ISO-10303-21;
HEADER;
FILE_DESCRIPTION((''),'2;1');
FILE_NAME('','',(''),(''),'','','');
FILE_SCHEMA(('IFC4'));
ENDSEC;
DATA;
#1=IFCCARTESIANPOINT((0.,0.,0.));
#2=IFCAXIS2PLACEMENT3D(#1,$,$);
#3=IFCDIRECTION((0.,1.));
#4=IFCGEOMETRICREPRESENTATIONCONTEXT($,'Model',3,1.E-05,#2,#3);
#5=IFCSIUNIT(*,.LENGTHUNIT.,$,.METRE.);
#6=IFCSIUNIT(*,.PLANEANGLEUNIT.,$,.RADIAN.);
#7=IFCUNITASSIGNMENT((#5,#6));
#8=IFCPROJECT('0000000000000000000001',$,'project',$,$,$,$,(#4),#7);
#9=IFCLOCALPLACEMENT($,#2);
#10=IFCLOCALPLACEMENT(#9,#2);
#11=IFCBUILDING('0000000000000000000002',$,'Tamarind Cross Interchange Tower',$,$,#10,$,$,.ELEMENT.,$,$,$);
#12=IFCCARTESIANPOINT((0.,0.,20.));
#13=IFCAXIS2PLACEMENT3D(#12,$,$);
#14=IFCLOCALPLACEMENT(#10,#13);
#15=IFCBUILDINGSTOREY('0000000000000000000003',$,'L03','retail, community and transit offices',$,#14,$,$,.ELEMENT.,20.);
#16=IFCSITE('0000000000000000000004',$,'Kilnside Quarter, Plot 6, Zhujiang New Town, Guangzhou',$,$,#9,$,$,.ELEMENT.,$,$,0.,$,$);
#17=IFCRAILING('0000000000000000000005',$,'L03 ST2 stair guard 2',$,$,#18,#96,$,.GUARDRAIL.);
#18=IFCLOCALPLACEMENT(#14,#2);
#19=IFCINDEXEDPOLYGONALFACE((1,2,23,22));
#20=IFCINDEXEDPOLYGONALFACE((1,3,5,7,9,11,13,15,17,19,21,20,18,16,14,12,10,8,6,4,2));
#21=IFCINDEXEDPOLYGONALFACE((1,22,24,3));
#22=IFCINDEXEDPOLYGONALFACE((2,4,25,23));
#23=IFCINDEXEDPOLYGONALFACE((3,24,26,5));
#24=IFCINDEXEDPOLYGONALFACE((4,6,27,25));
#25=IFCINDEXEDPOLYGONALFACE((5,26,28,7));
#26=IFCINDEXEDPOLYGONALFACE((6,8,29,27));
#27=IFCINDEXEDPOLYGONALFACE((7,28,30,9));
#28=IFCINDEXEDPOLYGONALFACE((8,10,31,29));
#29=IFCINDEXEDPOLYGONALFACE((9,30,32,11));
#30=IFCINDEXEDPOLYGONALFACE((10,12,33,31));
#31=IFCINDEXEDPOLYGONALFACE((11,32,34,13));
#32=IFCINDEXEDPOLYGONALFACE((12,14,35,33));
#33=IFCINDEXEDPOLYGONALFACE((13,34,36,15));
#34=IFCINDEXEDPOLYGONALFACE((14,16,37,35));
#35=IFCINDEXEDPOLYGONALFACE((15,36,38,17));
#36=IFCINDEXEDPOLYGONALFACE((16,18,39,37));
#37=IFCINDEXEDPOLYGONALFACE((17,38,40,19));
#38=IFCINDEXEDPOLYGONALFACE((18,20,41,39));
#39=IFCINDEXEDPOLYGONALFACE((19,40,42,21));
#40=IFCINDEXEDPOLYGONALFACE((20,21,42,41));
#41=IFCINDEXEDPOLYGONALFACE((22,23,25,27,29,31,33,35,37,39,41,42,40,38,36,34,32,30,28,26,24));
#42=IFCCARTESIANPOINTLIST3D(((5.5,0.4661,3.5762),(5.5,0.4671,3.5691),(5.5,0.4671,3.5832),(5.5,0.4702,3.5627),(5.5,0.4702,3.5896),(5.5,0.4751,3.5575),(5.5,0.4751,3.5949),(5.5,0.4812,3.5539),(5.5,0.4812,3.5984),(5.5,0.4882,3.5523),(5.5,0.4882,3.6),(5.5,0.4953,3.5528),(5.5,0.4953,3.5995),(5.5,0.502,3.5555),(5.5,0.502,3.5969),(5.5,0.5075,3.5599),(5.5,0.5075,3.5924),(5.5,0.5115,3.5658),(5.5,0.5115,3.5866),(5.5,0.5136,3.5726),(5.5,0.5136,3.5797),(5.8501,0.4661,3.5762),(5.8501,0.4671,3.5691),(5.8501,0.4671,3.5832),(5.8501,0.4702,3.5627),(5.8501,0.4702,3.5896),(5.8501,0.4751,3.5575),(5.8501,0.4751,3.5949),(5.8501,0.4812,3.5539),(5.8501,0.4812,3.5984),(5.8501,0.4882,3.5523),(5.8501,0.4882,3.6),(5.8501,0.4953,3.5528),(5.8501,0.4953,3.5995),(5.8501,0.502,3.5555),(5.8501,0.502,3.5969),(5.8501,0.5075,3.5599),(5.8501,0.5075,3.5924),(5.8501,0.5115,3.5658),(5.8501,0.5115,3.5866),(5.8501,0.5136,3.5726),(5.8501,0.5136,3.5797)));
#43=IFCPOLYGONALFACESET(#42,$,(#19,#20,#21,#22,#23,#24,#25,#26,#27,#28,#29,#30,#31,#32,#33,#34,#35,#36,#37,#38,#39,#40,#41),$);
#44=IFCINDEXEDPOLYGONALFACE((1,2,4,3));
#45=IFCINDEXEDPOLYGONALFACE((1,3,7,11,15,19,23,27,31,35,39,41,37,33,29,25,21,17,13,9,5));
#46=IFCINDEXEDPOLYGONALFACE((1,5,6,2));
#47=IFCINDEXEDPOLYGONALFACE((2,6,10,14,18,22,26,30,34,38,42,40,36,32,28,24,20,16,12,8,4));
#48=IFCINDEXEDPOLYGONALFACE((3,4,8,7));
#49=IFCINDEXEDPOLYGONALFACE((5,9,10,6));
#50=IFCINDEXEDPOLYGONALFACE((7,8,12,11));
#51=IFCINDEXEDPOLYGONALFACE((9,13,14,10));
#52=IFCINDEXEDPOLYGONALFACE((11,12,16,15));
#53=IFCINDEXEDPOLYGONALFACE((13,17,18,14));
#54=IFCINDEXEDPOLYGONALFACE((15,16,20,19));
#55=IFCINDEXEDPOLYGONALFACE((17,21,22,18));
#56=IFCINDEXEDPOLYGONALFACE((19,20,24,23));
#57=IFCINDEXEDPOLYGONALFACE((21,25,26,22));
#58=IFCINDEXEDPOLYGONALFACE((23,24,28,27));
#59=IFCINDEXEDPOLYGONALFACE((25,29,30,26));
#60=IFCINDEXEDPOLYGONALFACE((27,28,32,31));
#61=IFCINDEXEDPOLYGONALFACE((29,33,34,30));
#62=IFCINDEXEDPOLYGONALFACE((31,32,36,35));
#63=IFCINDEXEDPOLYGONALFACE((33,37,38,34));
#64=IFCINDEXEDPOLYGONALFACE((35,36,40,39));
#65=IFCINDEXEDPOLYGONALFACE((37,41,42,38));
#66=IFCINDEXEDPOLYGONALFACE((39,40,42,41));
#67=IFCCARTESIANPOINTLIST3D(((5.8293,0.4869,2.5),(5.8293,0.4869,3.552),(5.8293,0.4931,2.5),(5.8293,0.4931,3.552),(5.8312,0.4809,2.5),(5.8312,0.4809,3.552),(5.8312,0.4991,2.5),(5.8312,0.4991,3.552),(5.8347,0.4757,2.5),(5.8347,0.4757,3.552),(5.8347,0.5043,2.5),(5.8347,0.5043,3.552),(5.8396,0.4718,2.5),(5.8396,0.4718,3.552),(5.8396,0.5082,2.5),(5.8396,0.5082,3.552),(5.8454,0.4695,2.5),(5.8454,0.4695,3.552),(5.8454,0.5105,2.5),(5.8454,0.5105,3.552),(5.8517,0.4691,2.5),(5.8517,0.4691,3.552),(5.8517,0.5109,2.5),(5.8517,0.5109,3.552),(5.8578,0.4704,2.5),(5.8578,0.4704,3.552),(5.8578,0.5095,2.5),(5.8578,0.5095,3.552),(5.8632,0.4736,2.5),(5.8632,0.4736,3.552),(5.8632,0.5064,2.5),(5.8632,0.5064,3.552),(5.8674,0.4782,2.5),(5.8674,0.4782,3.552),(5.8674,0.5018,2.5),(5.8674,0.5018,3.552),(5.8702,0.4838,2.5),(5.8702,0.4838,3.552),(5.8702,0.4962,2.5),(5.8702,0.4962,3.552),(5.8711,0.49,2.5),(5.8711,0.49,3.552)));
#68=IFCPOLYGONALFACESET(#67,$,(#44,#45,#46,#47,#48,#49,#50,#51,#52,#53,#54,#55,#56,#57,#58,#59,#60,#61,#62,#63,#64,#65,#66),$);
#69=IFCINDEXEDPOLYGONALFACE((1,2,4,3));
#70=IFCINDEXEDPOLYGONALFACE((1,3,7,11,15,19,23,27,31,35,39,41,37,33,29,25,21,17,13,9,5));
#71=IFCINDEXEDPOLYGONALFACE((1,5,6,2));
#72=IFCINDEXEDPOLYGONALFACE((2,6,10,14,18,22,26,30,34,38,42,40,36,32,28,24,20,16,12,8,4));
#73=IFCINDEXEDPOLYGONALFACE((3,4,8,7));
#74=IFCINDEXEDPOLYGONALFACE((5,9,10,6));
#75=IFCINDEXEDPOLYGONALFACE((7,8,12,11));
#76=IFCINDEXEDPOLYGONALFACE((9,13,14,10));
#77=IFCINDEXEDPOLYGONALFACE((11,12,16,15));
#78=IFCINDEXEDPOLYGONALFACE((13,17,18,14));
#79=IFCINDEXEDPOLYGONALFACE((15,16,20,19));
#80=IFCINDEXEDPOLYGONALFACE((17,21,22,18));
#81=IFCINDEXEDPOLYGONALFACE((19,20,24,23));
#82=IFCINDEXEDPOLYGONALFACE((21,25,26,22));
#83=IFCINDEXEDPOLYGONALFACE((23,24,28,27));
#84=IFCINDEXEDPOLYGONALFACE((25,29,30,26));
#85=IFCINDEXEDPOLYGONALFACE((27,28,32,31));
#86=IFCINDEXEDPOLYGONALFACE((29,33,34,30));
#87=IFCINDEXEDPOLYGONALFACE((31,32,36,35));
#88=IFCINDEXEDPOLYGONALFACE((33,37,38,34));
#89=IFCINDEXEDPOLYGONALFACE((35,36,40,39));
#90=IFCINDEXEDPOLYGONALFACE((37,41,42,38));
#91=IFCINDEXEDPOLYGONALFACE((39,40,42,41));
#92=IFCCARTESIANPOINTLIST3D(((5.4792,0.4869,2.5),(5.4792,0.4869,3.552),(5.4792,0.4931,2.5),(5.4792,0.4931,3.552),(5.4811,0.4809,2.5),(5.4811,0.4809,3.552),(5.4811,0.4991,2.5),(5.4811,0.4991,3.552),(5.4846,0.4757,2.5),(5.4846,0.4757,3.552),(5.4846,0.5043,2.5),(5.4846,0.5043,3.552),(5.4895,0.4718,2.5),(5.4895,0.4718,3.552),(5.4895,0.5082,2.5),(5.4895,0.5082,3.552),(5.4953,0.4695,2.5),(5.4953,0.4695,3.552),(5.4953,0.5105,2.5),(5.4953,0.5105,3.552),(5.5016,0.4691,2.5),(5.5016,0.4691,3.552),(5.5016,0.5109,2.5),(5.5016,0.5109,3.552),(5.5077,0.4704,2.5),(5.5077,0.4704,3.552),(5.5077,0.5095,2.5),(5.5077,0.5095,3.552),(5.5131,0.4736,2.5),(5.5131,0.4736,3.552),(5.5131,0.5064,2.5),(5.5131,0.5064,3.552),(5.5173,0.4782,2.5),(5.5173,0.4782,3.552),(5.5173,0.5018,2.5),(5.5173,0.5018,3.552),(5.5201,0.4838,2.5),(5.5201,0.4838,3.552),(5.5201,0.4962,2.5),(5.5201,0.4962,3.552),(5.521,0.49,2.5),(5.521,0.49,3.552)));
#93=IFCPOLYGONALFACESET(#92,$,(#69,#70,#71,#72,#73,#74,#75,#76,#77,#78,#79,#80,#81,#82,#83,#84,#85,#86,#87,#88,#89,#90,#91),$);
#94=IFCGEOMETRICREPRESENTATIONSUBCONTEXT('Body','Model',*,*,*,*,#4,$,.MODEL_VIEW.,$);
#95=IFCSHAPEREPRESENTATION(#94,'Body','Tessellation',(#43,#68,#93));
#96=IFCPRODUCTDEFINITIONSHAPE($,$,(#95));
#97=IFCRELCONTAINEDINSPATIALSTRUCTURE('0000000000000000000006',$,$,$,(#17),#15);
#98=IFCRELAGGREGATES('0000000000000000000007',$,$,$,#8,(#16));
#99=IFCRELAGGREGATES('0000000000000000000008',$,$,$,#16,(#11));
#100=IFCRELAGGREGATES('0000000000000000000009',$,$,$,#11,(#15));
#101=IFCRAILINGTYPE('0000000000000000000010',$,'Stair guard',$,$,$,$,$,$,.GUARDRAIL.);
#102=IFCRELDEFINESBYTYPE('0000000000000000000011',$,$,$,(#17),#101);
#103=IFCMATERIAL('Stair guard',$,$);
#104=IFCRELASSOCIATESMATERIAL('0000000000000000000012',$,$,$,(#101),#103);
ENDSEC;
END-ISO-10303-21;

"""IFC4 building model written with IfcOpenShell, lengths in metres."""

from ifc_helpers import new_model, si_unit, direction, frame, origin, origin_2d, place, context, subcontext, project, spatial, circle, extrude, material, type_object, element, save


model = new_model("IFC4")

# Units and contexts
model_context = context("Model", 3, precision=1e-05, world=origin(), true_north=direction((0.0, 1.0)))
body_context = subcontext(model_context, "Body", "Model", "MODEL_VIEW")
ifc_project = project(units=[si_unit("LENGTHUNIT", "METRE"), si_unit("PLANEANGLEUNIT", "RADIAN")], contexts=[model_context])

# Site, building, storey
site_placement = place(None, origin())
site = spatial("IfcSite", under=ifc_project, at=site_placement, Name="Kilnside Quarter, Plot 6, Zhujiang New Town, Guangzhou", CompositionType="ELEMENT", RefElevation=0.0)
building_placement = place(site_placement, origin())
building = spatial("IfcBuilding", under=site, at=building_placement, Name="Tamarind Cross Interchange Tower", CompositionType="ELEMENT")
storey_placement = place(building_placement, frame((0.0, 0.0, 20.0)))
storey = spatial("IfcBuildingStorey", under=building, at=storey_placement, Name="L03", Description="retail, community and transit offices", CompositionType="ELEMENT", Elevation=20.0)

# Railing
ifc_material_1 = material(Name="Stair guard")
railing_type_1 = type_object("IfcRailingType", Name="Stair guard", PredefinedType="GUARDRAIL", material=ifc_material_1)
railing_1_placement = place(storey_placement, frame((5.8501, 0.49, 2.5)))
element("IfcRailing", 1, at=railing_1_placement, inside=storey, type_object=railing_type_1, Name="L03 ST2 stair guard 2", PredefinedType="GUARDRAIL", context=body_context, shape_type="SweptSolid", body=[
    extrude(circle(Radius=0.0239, at=origin_2d()), frame((0.0, 0.0, 1.0762), z_axis=(-1.0, 0.0, 0.0), x_axis=(0.0, -1.0, 0.0)), (0.0, 0.0, 1.0), 0.3501),
    extrude(circle(Radius=0.021, at=origin_2d()), origin(), (0.0, 0.0, 1.0), 1.052),
    extrude(circle(Radius=0.021, at=origin_2d()), frame((-0.3501, 0.0, 0.0)), (0.0, 0.0, 1.0), 1.052),
])

save(model, "model.ifc")
